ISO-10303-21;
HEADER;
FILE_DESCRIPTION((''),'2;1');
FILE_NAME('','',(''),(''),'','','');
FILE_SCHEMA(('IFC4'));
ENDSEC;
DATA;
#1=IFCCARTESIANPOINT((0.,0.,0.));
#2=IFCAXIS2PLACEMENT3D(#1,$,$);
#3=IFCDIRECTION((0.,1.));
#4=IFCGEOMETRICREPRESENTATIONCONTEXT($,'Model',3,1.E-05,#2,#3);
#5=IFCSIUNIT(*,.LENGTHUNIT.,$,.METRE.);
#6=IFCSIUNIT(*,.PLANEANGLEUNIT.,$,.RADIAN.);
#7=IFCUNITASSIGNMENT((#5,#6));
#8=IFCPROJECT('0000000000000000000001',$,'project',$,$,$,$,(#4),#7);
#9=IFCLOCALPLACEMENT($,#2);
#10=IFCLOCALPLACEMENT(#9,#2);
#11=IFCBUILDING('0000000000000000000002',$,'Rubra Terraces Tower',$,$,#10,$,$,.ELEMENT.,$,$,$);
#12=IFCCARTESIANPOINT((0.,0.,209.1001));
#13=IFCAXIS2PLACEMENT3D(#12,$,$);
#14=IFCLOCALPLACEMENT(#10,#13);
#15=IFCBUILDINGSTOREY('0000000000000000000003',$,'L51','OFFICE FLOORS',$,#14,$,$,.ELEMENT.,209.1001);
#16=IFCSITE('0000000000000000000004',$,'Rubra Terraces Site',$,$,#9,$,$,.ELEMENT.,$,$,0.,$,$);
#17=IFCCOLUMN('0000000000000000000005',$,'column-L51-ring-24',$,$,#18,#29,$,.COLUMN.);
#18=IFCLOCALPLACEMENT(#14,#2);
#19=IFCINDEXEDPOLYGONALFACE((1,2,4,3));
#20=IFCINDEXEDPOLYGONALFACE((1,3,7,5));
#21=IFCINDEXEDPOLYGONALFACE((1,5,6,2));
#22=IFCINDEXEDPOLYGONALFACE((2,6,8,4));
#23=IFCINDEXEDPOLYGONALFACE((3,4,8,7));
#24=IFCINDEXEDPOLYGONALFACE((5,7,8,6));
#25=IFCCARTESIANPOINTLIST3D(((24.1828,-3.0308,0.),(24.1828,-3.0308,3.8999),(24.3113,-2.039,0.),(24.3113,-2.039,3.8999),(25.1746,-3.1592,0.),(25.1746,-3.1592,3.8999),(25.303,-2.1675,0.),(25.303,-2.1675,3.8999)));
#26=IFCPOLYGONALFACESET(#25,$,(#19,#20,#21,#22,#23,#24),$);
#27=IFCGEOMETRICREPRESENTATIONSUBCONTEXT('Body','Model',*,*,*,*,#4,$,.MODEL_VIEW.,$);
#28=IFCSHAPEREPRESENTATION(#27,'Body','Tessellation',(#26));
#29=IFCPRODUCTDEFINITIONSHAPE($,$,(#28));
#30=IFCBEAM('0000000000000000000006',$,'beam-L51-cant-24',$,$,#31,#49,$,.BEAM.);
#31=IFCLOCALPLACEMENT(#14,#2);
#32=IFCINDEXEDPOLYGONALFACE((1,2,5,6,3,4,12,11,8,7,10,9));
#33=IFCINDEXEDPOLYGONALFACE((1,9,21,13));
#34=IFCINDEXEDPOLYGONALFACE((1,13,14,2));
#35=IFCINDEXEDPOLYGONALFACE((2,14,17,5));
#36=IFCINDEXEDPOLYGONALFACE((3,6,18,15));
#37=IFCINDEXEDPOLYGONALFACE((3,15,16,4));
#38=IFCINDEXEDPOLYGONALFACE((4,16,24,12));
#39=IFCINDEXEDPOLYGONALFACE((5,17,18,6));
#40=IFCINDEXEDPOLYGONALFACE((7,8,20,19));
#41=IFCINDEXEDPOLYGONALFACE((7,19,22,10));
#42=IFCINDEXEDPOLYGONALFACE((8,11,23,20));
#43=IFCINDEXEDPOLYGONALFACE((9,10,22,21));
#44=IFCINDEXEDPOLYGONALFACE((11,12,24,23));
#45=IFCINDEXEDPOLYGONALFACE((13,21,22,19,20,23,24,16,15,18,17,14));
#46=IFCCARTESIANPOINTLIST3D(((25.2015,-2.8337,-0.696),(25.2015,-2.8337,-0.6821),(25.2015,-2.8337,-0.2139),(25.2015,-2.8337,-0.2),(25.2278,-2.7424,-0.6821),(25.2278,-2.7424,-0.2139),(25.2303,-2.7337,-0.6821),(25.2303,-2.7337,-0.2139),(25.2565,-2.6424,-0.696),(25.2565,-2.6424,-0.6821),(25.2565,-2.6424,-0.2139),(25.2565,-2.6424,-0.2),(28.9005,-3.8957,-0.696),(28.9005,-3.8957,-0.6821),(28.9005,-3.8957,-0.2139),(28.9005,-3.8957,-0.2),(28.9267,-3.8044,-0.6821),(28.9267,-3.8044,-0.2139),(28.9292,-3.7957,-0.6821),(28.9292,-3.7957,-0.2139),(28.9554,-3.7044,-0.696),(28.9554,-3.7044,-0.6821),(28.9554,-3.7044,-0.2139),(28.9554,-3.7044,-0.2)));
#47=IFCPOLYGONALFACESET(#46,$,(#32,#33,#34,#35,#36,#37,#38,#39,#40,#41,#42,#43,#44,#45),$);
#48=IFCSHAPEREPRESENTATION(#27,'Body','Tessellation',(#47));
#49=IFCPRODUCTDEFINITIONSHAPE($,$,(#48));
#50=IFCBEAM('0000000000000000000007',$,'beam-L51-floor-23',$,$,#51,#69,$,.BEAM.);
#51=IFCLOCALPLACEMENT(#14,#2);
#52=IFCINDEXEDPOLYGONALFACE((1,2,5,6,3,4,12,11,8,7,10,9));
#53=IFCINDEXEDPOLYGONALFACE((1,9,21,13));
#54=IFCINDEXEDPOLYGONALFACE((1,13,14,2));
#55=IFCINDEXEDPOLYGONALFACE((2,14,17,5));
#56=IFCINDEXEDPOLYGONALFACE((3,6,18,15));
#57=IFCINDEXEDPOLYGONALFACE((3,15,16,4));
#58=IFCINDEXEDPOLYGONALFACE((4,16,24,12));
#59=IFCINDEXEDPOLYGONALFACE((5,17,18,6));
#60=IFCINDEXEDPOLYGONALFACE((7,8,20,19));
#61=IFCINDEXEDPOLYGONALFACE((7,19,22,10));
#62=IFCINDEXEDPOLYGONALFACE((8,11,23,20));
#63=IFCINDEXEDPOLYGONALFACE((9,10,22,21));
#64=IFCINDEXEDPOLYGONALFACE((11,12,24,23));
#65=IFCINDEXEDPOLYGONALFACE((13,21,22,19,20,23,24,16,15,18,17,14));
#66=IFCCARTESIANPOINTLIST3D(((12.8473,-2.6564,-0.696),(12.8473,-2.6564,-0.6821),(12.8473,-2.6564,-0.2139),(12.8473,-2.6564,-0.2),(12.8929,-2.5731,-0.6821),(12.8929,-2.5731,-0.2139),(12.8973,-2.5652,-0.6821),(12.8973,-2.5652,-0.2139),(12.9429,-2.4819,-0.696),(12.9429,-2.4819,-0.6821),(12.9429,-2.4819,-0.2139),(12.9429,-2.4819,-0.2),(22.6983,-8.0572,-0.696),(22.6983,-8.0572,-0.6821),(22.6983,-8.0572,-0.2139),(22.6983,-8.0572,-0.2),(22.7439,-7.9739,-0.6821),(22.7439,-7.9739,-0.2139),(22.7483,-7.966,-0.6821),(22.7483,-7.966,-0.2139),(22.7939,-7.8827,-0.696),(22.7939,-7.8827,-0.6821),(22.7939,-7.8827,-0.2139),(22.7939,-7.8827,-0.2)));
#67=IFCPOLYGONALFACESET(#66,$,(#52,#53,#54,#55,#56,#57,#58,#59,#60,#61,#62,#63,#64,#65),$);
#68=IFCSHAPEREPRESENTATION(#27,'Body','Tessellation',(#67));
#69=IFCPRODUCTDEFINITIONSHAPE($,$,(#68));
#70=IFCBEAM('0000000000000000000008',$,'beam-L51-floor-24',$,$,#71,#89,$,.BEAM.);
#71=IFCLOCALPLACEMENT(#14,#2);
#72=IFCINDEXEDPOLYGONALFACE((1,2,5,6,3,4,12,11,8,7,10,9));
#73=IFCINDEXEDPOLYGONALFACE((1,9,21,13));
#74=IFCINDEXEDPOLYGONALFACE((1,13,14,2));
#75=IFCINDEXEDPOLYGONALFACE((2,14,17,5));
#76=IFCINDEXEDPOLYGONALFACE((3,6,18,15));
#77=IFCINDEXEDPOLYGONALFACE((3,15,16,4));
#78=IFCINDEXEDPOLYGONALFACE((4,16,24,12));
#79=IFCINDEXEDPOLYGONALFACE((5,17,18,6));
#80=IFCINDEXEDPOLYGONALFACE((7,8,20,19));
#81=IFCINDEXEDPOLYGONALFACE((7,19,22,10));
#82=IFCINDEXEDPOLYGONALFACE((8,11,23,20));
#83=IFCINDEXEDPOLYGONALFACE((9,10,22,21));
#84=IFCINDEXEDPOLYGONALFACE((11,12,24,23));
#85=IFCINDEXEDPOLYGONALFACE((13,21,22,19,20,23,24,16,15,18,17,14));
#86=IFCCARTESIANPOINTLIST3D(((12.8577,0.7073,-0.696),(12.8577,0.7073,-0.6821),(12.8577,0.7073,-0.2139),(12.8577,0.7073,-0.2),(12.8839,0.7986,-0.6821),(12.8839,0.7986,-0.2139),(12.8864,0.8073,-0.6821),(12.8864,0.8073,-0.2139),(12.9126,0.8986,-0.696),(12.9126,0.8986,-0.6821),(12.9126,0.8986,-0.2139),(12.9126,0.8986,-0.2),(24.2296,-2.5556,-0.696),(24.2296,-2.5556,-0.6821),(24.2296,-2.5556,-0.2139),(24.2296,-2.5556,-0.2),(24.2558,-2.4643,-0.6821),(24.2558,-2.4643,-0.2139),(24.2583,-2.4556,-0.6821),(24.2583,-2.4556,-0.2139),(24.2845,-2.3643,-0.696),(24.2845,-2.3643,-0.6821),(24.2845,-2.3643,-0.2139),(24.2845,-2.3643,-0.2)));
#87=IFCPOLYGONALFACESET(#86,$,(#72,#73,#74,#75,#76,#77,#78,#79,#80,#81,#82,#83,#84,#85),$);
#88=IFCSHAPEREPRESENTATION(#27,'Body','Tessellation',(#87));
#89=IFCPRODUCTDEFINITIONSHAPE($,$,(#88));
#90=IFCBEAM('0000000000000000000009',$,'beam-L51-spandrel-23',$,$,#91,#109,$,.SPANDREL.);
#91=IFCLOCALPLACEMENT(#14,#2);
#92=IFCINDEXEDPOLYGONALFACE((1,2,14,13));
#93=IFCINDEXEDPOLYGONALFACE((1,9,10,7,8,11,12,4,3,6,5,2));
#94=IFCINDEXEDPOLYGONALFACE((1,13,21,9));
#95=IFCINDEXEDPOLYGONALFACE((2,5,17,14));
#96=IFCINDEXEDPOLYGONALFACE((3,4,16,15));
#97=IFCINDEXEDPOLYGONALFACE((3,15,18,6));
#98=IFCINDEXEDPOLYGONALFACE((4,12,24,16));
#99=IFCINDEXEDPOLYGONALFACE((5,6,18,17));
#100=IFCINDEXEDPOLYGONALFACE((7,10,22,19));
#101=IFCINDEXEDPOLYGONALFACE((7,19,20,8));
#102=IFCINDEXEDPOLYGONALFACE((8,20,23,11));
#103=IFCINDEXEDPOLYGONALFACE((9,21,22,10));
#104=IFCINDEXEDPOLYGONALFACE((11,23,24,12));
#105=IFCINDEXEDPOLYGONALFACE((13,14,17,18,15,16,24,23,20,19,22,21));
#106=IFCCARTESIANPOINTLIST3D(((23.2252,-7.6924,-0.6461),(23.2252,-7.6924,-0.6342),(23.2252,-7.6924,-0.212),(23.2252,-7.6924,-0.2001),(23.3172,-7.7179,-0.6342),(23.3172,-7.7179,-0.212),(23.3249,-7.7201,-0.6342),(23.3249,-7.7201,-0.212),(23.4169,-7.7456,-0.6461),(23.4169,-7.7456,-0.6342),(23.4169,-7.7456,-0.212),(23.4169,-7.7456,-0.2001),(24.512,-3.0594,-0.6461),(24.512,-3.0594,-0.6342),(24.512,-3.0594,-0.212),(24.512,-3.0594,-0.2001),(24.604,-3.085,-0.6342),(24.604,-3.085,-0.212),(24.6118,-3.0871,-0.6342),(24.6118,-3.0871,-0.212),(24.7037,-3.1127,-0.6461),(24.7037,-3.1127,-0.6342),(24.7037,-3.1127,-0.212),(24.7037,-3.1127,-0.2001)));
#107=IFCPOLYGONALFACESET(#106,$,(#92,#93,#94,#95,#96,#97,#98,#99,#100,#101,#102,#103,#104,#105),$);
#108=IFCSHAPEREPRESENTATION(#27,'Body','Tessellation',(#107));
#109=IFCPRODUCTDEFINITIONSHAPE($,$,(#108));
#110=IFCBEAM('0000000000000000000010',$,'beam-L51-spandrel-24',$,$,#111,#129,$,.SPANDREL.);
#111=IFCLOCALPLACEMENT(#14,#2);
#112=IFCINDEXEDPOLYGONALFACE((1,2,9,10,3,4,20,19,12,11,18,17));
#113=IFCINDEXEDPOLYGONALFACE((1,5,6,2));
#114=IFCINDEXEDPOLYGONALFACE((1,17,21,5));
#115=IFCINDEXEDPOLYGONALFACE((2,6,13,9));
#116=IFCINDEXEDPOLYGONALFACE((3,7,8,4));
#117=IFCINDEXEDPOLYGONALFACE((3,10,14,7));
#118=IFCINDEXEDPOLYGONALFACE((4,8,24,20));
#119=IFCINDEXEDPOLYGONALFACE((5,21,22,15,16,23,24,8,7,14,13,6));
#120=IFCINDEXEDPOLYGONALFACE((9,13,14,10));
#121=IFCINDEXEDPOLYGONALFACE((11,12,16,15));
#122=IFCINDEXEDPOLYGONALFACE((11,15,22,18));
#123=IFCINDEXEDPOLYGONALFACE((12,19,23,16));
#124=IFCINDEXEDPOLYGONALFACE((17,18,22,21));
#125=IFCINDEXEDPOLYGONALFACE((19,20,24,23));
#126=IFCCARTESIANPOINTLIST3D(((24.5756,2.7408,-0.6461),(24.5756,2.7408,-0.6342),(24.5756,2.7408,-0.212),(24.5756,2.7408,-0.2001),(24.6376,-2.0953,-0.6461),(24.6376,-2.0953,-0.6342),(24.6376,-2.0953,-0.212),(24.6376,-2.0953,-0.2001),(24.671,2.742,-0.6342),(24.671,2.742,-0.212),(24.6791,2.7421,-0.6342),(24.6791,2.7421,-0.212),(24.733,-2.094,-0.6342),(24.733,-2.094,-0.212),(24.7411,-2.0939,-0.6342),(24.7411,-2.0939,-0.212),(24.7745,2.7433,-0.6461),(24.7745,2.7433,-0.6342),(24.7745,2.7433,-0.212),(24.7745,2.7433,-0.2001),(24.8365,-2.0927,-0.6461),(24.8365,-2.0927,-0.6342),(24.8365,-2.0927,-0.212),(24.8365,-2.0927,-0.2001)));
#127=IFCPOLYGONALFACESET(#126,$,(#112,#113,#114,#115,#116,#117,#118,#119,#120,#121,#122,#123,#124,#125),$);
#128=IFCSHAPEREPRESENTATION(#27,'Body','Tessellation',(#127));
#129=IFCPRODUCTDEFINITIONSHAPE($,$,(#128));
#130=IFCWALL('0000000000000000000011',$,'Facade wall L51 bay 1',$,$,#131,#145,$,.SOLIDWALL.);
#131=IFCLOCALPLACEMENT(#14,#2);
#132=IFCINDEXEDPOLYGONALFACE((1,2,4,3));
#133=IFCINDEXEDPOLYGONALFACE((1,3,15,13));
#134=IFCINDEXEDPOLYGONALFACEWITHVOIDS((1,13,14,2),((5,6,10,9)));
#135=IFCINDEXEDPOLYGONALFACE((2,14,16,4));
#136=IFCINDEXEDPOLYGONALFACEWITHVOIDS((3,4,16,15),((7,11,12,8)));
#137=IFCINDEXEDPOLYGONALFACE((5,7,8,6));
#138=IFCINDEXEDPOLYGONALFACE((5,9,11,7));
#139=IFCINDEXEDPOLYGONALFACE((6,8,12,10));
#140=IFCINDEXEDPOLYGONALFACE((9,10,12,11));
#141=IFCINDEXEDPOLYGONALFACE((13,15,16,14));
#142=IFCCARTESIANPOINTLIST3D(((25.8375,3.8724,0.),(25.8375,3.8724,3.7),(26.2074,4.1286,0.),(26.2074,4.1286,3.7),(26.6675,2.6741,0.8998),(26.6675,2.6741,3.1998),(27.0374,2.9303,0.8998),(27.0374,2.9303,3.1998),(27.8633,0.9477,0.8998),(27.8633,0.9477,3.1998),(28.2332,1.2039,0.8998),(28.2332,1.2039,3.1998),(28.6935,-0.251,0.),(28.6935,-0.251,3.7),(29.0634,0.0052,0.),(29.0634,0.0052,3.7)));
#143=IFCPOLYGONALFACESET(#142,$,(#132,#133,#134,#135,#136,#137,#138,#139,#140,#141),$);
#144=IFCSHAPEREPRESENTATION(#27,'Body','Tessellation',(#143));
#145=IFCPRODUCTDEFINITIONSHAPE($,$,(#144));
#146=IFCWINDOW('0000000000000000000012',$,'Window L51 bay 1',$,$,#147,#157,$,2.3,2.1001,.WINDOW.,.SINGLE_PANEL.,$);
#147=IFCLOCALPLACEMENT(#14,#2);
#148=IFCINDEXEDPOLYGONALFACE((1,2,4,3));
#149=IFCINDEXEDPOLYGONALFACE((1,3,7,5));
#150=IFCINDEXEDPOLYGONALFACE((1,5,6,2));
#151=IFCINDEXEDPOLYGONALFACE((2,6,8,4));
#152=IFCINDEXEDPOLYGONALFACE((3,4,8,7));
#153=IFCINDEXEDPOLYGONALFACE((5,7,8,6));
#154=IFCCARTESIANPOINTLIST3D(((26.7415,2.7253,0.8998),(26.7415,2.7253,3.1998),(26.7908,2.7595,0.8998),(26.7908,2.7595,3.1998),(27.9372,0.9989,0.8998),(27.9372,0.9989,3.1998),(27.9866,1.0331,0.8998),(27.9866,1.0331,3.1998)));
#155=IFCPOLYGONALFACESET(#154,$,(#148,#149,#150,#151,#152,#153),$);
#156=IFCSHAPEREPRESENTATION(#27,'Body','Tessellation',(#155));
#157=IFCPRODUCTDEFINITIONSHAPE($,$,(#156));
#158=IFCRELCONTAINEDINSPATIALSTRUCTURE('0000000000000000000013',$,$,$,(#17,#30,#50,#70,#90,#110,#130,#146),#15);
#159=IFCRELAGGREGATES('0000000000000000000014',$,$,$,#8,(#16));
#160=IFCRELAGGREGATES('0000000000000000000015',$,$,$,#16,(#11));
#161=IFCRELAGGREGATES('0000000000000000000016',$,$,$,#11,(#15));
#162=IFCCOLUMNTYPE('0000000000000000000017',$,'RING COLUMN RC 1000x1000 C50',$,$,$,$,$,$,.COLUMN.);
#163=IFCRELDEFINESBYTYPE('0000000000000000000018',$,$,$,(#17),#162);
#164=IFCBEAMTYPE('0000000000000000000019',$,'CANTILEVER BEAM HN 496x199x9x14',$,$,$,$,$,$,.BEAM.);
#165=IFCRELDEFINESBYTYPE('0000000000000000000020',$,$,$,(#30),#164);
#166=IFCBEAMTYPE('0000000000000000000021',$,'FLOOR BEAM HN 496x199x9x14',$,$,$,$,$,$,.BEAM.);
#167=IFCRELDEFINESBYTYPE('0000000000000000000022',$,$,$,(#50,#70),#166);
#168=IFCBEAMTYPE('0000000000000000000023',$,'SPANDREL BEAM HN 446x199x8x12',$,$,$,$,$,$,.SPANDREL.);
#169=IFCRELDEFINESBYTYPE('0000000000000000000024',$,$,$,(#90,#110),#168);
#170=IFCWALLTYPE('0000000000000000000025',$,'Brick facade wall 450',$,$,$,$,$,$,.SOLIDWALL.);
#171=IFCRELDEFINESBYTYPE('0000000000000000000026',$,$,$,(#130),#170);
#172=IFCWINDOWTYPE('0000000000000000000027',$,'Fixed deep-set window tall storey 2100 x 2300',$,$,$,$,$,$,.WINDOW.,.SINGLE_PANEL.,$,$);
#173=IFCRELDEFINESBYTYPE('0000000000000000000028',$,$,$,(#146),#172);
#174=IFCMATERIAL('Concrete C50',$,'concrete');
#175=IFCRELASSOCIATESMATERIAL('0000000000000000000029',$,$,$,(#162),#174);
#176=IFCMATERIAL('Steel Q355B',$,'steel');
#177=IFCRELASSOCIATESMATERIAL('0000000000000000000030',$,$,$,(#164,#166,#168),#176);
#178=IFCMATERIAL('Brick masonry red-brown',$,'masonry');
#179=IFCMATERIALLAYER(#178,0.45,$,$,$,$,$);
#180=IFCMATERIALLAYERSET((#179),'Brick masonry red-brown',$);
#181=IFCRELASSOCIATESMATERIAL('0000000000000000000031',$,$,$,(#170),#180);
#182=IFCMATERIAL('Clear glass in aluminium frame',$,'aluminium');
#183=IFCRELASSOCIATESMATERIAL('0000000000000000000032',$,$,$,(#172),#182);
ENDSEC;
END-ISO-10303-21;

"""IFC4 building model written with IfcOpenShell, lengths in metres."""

from ifc_helpers import new_model, si_unit, direction, frame, frame_2d, origin, origin_2d, place, context, subcontext, project, spatial, rectangle, i_section, extrude, material, layer, layer_set, material_profile, profile_set, type_object, element, fill, save


model = new_model("IFC4")

# Units and contexts
model_context = context("Model", 3, precision=1e-05, world=origin(), true_north=direction((0.0, 1.0)))
body_context = subcontext(model_context, "Body", "Model", "MODEL_VIEW")
ifc_project = project(units=[si_unit("LENGTHUNIT", "METRE"), si_unit("PLANEANGLEUNIT", "RADIAN")], contexts=[model_context])

# Site, building, storey
site_placement = place(None, origin())
site = spatial("IfcSite", under=ifc_project, at=site_placement, Name="Rubra Terraces Site", CompositionType="ELEMENT", RefElevation=0.0)
building_placement = place(site_placement, origin())
building = spatial("IfcBuilding", under=site, at=building_placement, Name="Rubra Terraces Tower", CompositionType="ELEMENT")
storey_placement = place(building_placement, frame((0.0, 0.0, 209.1001)))
storey = spatial("IfcBuildingStorey", under=building, at=storey_placement, Name="L51", Description="OFFICE FLOORS", CompositionType="ELEMENT", Elevation=209.1001)

# Column
ifc_material_1 = material(Name="Concrete C50", Category="concrete")
ifc_material_profile_1 = material_profile(ifc_material_1, rectangle(XDim=1.0, YDim=1.0, at=origin_2d()), Name="RC 1000x1000")
ifc_profile_set_1 = profile_set([ifc_material_profile_1], Name="Concrete C50")
column_type = type_object("IfcColumnType", Name="RING COLUMN RC 1000x1000 C50", PredefinedType="COLUMN", material=ifc_profile_set_1)
column_placement = place(storey_placement, frame((24.7429, -2.5991, 0.0), z_axis=(0.0, 0.0, 1.0), x_axis=(0.128444, 0.991717, 0.0)))
element("IfcColumn", 1, at=column_placement, inside=storey, type_object=column_type, Name="column-L51-ring-24", PredefinedType="COLUMN", context=body_context, shape_type="SweptSolid", body=[
    extrude(rectangle(XDim=1.0, YDim=1.0, at=origin_2d()), origin(), (0.0, 0.0, 1.0), 3.8999),
])

# Beams
ifc_material_2 = material(Name="Steel Q355B", Category="steel")
ifc_material_profile_2 = material_profile(ifc_material_2, i_section(OverallWidth=0.199, OverallDepth=0.4961, WebThickness=0.009, FlangeThickness=0.0139, at=origin_2d()), Name="HN 496x199x9x14")
ifc_profile_set_2 = profile_set([ifc_material_profile_2], Name="Steel Q355B")
beam_type_1 = type_object("IfcBeamType", Name="CANTILEVER BEAM HN 496x199x9x14", PredefinedType="BEAM", material=ifc_profile_set_2)
beam_1_placement = place(storey_placement, frame((25.229, -2.738, -0.448), z_axis=(0.961169, -0.275961, 0.0), x_axis=(0.275961, 0.961169, 0.0)))
element("IfcBeam", 2, at=beam_1_placement, inside=storey, type_object=beam_type_1, Name="beam-L51-cant-24", PredefinedType="BEAM", context=body_context, shape_type="SweptSolid", body=[
    extrude(i_section(OverallWidth=0.199, OverallDepth=0.4961, WebThickness=0.009, FlangeThickness=0.0139, at=origin_2d()), origin(), (0.0, 0.0, 1.0), 3.8484),
])
ifc_material_profile_3 = material_profile(ifc_material_2, i_section(OverallWidth=0.199, OverallDepth=0.4961, WebThickness=0.009, FlangeThickness=0.0139, at=origin_2d()), Name="HN 496x199x9x14")
ifc_profile_set_3 = profile_set([ifc_material_profile_3], Name="Steel Q355B")
beam_type_2 = type_object("IfcBeamType", Name="FLOOR BEAM HN 496x199x9x14", PredefinedType="BEAM", material=ifc_profile_set_3)
beam_2_placement = place(storey_placement, frame((22.7461, -7.97, -0.448), z_axis=(-0.876862, 0.480742, 0.0), x_axis=(-0.480742, -0.876862, 0.0)))
element("IfcBeam", 3, at=beam_2_placement, inside=storey, type_object=beam_type_2, Name="beam-L51-floor-23", PredefinedType="BEAM", context=body_context, shape_type="SweptSolid", body=[
    extrude(i_section(OverallWidth=0.199, OverallDepth=0.4961, WebThickness=0.009, FlangeThickness=0.0139, at=origin_2d()), origin(), (0.0, 0.0, 1.0), 11.2344),
])
beam_3_placement = place(storey_placement, frame((24.2571, -2.46, -0.448), z_axis=(-0.961216, 0.275798, 0.0), x_axis=(-0.275798, -0.961216, 0.0)))
element("IfcBeam", 4, at=beam_3_placement, inside=storey, type_object=beam_type_2, Name="beam-L51-floor-24", PredefinedType="BEAM", context=body_context, shape_type="SweptSolid", body=[
    extrude(i_section(OverallWidth=0.199, OverallDepth=0.4961, WebThickness=0.009, FlangeThickness=0.0139, at=origin_2d()), origin(), (0.0, 0.0, 1.0), 11.8308),
])
ifc_material_profile_4 = material_profile(ifc_material_2, i_section(OverallWidth=0.199, OverallDepth=0.446, WebThickness=0.0081, FlangeThickness=0.012, at=origin_2d()), Name="HN 446x199x8x12")
ifc_profile_set_4 = profile_set([ifc_material_profile_4], Name="Steel Q355B")
beam_type_3 = type_object("IfcBeamType", Name="SPANDREL BEAM HN 446x199x8x12", PredefinedType="SPANDREL", material=ifc_profile_set_4)
beam_4_placement = place(storey_placement, frame((23.321, -7.719, -0.4231), z_axis=(0.267626, 0.963523, 0.0), x_axis=(-0.963523, 0.267626, 0.0)))
element("IfcBeam", 5, at=beam_4_placement, inside=storey, type_object=beam_type_3, Name="beam-L51-spandrel-23", PredefinedType="SPANDREL", context=body_context, shape_type="SweptSolid", body=[
    extrude(i_section(OverallWidth=0.199, OverallDepth=0.446, WebThickness=0.0081, FlangeThickness=0.012, at=origin_2d()), origin(), (0.0, 0.0, 1.0), 4.8083),
])
beam_5_placement = place(storey_placement, frame((24.7371, -2.094, -0.4231), z_axis=(-0.012822, 0.999918, 0.0), x_axis=(-0.999918, -0.012822, 0.0)))
element("IfcBeam", 6, at=beam_5_placement, inside=storey, type_object=beam_type_3, Name="beam-L51-spandrel-24", PredefinedType="SPANDREL", context=body_context, shape_type="SweptSolid", body=[
    extrude(i_section(OverallWidth=0.199, OverallDepth=0.446, WebThickness=0.0081, FlangeThickness=0.012, at=origin_2d()), origin(), (0.0, 0.0, 1.0), 4.8364),
])

# Wall, opening, window
ifc_material_3 = material(Name="Brick masonry red-brown", Category="masonry")
ifc_layer_1 = layer(ifc_material_3, 0.45)
ifc_layer_set_1 = layer_set([ifc_layer_1], Name="Brick masonry red-brown")
wall_type_1 = type_object("IfcWallType", Name="Brick facade wall 450", PredefinedType="SOLIDWALL", material=ifc_layer_set_1)
wall_1_placement = place(storey_placement, frame((28.8784, -0.1228, 0.0), z_axis=(0.0, 0.0, 1.0), x_axis=(-0.569395, 0.822064, 0.0)))
wall_1 = element("IfcWall", 7, at=wall_1_placement, inside=storey, type_object=wall_type_1, Name="Facade wall L51 bay 1", PredefinedType="SOLIDWALL", context=body_context, shape_type="SweptSolid", body=[
    extrude(rectangle(XDim=5.0159, YDim=0.45, at=frame_2d((2.5078, 0.0))), origin(), (0.0, 0.0, 1.0), 3.7),
])
opening_1_placement = place(wall_1_placement, frame((1.458, 0.0, 0.8999)))
opening_1 = element("IfcOpeningElement", 8, at=opening_1_placement, cuts=wall_1, PredefinedType="OPENING", context=body_context, shape_type="SweptSolid", body=[
    extrude(rectangle(XDim=2.1001, YDim=2.3, at=frame_2d((1.05, 1.1499))), frame((0.0, 0.2349, 0.0), z_axis=(0.0, -1.0, 0.0), x_axis=(1.0, 0.0, 0.0)), (0.0, 0.0, 1.0), 0.47),
])
ifc_material_4 = material(Name="Clear glass in aluminium frame", Category="aluminium")
window_type = type_object("IfcWindowType", Name="Fixed deep-set window tall storey 2100 x 2300", PartitioningType="SINGLE_PANEL", PredefinedType="WINDOW", material=ifc_material_4)
window_1_placement = place(opening_1_placement, origin())
window_1 = element("IfcWindow", 9, at=window_1_placement, inside=storey, type_object=window_type, Name="Window L51 bay 1", OverallHeight=2.3, OverallWidth=2.1001, PartitioningType="SINGLE_PANEL", PredefinedType="WINDOW", context=body_context, shape_type="SweptSolid", body=[
    extrude(rectangle(XDim=2.1001, YDim=2.3, at=frame_2d((1.05, 1.1499))), frame((0.0, 0.135, 0.0), z_axis=(0.0, -1.0, 0.0), x_axis=(1.0, 0.0, 0.0)), (0.0, 0.0, 1.0), 0.0601),
])
fill(opening_1, window_1)

save(model, "model.ifc")
